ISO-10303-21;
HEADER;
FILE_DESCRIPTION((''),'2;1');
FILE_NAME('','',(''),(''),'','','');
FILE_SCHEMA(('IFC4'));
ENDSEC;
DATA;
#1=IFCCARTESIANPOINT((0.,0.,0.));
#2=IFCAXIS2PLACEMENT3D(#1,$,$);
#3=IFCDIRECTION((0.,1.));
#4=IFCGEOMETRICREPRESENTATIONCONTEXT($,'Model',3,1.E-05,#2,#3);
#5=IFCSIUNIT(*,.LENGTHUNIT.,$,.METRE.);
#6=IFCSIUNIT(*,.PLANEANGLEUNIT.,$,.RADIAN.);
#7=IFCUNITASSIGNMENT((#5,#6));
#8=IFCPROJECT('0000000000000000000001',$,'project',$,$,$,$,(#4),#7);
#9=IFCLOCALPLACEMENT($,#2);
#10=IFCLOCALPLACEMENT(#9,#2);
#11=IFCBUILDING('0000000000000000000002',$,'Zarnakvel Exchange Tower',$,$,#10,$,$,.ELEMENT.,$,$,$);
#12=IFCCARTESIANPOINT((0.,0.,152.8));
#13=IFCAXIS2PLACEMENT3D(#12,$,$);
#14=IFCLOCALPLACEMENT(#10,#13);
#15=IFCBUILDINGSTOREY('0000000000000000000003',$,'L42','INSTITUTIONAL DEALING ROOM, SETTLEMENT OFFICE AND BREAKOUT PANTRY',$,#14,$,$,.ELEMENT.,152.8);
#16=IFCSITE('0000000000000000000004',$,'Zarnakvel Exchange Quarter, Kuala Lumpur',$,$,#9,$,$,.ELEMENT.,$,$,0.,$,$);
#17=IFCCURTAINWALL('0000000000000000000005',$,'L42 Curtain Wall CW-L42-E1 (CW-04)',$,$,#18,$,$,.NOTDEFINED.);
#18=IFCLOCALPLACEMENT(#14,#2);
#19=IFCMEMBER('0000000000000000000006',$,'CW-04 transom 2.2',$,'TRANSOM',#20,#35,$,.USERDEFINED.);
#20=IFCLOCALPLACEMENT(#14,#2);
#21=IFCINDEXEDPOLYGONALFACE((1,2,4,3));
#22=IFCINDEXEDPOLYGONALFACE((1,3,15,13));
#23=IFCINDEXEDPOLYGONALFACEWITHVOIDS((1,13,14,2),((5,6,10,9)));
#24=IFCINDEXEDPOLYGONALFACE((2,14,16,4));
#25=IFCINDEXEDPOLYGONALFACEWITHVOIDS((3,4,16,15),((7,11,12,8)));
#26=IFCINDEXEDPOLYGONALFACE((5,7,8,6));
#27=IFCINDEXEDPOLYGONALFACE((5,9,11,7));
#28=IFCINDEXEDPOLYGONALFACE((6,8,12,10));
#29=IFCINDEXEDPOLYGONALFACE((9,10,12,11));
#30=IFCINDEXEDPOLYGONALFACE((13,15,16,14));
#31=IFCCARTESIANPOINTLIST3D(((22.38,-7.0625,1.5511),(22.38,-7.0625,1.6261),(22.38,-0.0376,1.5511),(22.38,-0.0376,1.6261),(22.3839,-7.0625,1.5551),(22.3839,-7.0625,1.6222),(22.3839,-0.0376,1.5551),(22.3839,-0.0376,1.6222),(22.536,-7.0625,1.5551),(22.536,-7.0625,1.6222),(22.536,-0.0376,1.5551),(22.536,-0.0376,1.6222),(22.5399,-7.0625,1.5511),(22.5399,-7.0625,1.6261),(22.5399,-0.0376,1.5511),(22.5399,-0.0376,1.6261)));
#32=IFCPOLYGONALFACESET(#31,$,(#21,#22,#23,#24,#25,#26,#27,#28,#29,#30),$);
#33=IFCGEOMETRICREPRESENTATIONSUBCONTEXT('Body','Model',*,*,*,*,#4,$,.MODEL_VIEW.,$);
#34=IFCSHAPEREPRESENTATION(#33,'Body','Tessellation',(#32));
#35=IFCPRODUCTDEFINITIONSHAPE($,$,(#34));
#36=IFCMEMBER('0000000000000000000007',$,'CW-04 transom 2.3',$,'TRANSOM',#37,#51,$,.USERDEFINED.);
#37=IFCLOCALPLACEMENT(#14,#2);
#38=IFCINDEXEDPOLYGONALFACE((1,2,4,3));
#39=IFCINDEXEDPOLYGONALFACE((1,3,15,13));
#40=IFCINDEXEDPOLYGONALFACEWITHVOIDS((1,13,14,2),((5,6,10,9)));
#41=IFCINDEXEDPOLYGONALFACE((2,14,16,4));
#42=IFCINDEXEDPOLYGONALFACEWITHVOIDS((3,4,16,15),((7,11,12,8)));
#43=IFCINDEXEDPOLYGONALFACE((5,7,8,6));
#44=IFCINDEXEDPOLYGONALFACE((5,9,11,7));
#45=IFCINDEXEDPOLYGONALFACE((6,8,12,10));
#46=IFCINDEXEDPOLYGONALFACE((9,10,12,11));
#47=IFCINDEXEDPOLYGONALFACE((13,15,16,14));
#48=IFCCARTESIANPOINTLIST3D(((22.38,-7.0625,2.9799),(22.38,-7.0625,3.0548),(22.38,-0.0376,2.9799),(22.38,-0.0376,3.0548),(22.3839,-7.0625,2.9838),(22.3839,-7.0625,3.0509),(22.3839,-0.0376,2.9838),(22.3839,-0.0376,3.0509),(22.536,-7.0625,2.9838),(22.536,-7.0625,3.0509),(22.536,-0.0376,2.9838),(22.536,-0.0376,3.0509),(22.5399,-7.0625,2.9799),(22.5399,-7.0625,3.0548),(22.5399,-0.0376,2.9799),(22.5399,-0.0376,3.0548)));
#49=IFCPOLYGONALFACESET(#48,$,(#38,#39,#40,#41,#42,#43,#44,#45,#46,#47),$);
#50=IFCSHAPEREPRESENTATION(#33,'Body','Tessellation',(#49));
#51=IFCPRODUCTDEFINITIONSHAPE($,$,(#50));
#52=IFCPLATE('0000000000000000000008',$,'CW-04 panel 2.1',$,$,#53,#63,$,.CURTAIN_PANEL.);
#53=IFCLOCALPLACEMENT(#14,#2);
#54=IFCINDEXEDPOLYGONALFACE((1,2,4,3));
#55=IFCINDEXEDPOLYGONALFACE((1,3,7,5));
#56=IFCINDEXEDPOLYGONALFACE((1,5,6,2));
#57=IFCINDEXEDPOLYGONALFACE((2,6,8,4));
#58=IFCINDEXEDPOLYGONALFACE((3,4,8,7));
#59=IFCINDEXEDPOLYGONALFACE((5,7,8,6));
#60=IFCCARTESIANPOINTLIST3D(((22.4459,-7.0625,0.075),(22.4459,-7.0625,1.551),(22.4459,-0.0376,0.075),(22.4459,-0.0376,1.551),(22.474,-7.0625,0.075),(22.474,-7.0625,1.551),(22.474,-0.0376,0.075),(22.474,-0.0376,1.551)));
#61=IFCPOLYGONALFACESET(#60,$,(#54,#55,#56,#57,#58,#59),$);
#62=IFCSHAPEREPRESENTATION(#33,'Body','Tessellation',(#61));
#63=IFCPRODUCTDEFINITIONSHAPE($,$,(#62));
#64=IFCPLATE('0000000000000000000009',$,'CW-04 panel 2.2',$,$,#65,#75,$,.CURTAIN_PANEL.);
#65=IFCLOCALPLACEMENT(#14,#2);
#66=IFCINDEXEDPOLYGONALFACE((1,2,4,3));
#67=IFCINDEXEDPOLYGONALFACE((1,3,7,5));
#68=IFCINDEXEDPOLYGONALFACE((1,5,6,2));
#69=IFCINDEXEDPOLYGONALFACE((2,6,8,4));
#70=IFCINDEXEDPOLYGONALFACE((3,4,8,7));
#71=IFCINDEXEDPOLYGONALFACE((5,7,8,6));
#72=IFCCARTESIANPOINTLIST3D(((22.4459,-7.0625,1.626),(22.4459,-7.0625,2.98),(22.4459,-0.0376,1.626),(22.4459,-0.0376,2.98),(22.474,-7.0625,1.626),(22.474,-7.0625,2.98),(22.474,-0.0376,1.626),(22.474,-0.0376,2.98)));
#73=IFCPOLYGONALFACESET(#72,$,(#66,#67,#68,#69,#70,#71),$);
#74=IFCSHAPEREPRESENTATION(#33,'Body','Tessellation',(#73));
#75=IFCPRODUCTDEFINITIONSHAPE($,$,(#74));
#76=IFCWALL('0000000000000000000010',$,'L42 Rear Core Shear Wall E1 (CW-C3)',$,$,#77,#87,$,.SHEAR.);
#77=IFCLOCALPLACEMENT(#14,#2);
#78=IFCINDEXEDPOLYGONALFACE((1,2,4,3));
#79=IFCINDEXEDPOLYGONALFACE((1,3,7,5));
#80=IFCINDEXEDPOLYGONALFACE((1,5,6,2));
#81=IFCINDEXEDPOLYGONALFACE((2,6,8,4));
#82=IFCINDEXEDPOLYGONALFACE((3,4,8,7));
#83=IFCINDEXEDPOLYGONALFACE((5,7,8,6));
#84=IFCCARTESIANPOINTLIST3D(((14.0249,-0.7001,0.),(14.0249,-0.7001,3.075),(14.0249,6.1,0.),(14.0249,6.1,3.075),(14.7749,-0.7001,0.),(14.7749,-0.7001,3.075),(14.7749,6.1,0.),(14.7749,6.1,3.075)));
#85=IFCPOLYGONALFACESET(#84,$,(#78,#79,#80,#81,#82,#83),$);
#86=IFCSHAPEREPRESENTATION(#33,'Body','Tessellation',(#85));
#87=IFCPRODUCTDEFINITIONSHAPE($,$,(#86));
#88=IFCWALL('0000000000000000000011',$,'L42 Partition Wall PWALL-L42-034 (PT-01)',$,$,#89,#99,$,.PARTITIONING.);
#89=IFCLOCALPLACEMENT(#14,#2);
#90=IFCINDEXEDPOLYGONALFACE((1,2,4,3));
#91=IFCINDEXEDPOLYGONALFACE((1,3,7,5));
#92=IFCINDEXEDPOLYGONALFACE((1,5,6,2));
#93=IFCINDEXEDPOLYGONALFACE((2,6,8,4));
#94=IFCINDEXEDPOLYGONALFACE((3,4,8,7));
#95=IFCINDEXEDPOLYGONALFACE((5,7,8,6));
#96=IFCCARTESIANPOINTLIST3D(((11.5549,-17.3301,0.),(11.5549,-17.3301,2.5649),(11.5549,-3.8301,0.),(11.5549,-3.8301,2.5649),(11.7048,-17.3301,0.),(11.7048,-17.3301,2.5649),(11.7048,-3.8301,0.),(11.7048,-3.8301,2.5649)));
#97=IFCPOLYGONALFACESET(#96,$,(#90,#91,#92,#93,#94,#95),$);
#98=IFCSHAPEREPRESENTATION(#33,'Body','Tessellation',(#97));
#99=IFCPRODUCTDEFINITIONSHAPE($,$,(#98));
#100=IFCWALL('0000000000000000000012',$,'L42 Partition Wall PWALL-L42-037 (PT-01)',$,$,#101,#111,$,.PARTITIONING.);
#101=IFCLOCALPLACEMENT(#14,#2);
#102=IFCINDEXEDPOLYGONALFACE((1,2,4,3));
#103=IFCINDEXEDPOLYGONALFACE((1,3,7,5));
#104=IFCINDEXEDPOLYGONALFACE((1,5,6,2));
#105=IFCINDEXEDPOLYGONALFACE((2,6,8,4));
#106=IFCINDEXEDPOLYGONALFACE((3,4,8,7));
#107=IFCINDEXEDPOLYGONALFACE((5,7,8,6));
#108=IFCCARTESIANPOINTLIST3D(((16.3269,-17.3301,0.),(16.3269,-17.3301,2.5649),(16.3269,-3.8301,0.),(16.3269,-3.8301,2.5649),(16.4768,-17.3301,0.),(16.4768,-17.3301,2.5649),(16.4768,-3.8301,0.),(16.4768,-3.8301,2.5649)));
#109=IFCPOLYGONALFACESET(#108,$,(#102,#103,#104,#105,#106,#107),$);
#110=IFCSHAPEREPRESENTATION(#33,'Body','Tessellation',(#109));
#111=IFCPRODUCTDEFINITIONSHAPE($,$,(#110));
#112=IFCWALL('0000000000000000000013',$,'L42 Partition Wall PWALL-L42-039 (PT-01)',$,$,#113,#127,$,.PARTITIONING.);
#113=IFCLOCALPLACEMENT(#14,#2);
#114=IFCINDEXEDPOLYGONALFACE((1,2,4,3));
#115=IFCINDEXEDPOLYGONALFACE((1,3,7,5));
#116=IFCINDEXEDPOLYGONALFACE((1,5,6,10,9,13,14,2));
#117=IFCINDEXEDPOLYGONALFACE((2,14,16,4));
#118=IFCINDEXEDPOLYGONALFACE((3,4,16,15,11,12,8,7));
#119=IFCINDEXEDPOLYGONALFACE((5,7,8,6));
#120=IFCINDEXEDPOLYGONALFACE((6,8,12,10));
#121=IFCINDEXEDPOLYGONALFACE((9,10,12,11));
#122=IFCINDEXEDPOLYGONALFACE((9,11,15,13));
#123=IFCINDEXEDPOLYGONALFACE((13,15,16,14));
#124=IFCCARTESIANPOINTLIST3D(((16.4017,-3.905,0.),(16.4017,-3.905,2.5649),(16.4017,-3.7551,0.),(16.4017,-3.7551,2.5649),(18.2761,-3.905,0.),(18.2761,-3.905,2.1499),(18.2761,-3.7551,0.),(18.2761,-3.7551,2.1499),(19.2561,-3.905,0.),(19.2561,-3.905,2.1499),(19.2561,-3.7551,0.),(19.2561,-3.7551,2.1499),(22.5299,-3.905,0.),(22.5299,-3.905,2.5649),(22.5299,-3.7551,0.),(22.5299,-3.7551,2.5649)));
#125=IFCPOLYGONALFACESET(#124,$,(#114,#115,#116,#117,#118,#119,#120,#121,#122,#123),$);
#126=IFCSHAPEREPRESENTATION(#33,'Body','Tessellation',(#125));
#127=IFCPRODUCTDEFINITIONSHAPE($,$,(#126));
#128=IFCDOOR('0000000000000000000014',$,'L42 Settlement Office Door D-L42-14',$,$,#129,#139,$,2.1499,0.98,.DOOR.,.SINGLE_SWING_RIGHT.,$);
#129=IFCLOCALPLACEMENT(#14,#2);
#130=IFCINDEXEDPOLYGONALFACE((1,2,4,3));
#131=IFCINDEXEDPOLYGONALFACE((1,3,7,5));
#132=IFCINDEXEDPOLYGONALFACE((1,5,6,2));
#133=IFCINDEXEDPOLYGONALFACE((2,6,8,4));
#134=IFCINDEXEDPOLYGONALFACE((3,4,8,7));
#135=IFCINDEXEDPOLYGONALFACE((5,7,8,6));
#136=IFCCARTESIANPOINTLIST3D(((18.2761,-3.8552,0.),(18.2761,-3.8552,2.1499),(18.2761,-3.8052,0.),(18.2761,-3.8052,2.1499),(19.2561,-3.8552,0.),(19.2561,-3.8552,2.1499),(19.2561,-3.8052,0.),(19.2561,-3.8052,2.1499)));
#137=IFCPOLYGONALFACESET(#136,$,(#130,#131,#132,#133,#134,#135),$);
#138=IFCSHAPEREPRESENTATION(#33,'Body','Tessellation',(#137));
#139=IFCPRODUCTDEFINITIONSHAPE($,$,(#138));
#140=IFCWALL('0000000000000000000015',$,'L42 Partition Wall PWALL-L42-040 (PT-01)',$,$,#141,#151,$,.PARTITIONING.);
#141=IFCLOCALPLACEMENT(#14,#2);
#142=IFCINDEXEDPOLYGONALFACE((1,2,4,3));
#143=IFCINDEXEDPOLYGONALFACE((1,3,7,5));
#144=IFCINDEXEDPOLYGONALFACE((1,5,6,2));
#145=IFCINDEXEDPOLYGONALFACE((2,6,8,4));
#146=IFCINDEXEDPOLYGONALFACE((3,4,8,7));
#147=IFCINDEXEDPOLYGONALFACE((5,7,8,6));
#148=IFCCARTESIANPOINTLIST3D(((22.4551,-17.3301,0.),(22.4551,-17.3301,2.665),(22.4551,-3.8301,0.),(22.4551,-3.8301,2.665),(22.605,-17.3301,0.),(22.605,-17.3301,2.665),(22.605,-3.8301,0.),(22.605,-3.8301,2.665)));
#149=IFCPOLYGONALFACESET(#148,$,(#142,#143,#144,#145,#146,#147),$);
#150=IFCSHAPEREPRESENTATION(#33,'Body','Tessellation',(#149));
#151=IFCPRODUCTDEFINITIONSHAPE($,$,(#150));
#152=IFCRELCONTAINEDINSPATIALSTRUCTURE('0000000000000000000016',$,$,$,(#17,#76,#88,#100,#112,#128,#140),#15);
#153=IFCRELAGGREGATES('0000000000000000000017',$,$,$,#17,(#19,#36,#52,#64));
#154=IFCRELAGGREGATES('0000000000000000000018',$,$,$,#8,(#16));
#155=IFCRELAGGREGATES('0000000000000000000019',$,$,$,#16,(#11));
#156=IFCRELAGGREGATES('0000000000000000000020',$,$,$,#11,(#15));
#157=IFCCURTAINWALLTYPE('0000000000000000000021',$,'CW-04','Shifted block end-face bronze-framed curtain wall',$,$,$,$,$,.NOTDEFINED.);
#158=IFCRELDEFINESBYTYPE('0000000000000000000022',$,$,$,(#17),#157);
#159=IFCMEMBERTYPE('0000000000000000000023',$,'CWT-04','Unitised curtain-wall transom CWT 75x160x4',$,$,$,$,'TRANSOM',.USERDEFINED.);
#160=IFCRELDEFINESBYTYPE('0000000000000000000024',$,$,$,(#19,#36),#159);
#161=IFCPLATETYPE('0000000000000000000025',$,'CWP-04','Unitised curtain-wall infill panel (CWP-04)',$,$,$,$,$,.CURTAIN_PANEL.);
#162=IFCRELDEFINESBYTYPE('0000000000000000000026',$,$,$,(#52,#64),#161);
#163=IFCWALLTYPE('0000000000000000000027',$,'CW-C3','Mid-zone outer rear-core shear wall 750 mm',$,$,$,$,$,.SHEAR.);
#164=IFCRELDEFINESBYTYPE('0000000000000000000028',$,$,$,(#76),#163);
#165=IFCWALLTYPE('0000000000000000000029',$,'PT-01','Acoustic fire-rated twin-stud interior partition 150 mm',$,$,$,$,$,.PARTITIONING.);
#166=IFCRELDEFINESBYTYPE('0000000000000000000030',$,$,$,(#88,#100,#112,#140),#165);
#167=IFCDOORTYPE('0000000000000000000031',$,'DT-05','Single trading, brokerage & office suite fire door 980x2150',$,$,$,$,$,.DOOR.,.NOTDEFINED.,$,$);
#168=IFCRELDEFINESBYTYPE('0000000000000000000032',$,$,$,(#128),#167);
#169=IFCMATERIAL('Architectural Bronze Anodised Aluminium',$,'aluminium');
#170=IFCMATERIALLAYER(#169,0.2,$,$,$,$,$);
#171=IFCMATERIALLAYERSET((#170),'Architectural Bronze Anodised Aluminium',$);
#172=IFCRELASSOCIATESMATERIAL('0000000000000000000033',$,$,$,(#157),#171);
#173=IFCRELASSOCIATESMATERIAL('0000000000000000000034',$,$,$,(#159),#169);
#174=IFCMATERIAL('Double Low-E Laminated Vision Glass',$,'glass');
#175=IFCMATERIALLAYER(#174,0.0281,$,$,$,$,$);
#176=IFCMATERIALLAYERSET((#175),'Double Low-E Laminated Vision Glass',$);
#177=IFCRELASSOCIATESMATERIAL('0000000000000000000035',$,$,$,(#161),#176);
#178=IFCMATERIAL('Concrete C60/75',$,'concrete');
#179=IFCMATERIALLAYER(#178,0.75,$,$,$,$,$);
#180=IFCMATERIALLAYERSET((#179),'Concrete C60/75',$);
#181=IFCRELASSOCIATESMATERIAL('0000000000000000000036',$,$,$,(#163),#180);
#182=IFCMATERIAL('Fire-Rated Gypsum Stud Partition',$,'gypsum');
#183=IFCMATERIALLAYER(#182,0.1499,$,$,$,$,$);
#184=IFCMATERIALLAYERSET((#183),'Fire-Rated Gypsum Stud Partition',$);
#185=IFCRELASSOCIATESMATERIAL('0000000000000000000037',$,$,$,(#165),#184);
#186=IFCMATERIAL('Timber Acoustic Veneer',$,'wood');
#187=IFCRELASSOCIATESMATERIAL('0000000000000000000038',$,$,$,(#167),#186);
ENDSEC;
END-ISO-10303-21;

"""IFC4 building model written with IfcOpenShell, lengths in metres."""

from ifc_helpers import new_model, si_unit, direction, frame, frame_2d, origin, origin_2d, place, context, subcontext, project, spatial, rectangle, hollow_rectangle, extrude, source, transform, mapped, material, layer, layer_set, material_profile, profile_set, type_object, element, fill, aggregate, save


model = new_model("IFC4")

# Units and contexts
model_context = context("Model", 3, precision=1e-05, world=origin(), true_north=direction((0.0, 1.0)))
body_context = subcontext(model_context, "Body", "Model", "MODEL_VIEW")
ifc_project = project(units=[si_unit("LENGTHUNIT", "METRE"), si_unit("PLANEANGLEUNIT", "RADIAN")], contexts=[model_context])

# Site, building, storey
site_placement = place(None, origin())
site = spatial("IfcSite", under=ifc_project, at=site_placement, Name="Zarnakvel Exchange Quarter, Kuala Lumpur", CompositionType="ELEMENT", RefElevation=0.0)
building_placement = place(site_placement, origin())
building = spatial("IfcBuilding", under=site, at=building_placement, Name="Zarnakvel Exchange Tower", CompositionType="ELEMENT")
storey_placement = place(building_placement, frame((0.0, 0.0, 152.8)))
storey = spatial("IfcBuildingStorey", under=building, at=storey_placement, Name="L42", Description="INSTITUTIONAL DEALING ROOM, SETTLEMENT OFFICE AND BREAKOUT PANTRY", CompositionType="ELEMENT", Elevation=152.8)

# Shared definitions
ifc_material_1 = material(Name="Concrete C60/75", Category="concrete")

# Curtain wall, members, plates
ifc_material_2 = material(Name="Architectural Bronze Anodised Aluminium", Category="aluminium")
ifc_layer_1 = layer(ifc_material_2, 0.2)
ifc_layer_set_1 = layer_set([ifc_layer_1], Name="Architectural Bronze Anodised Aluminium")
curtain_wall_type = type_object("IfcCurtainWallType", Name="CW-04", Description="Shifted block end-face bronze-framed curtain wall", PredefinedType="NOTDEFINED", material=ifc_layer_set_1)
curtain_wall_placement = place(storey_placement, origin())
curtain_wall = element("IfcCurtainWall", 1, at=curtain_wall_placement, inside=storey, type_object=curtain_wall_type, Name="L42 Curtain Wall CW-L42-E1 (CW-04)", PredefinedType="NOTDEFINED")
ifc_material_profile_1 = material_profile(ifc_material_2, hollow_rectangle(XDim=0.1599, YDim=0.075, WallThickness=0.0039, at=origin_2d()))
ifc_profile_set_1 = profile_set([ifc_material_profile_1], Name="Architectural Bronze Anodised Aluminium")
member_type_1 = type_object("IfcMemberType", Name="CWT-04", Description="Unitised curtain-wall transom CWT 75x160x4", ElementType="TRANSOM", PredefinedType="USERDEFINED", material=ifc_profile_set_1)
shared_shape_1 = source(origin(), body_context, "Body", "SweptSolid", [
    extrude(hollow_rectangle(XDim=0.1599, YDim=0.075, WallThickness=0.0039, at=origin_2d()), origin(), (0.0, 0.0, 1.0), 7.0249),
])
member_1_placement = place(storey_placement, frame((22.46, -7.0625, 1.5886), z_axis=(0.0, 1.0, 0.0), x_axis=(-1.0, 0.0, 0.0)))
member_1 = element("IfcMember", 2, at=member_1_placement, type_object=member_type_1, Name="CW-04 transom 2.2", ObjectType="TRANSOM", PredefinedType="USERDEFINED", context=body_context, shape_type="MappedRepresentation", body=[
    mapped(shared_shape_1, transform((0.0, 0.0, 0.0), x_axis=(1.0, 0.0, 0.0), y_axis=(0.0, 1.0, 0.0), z_axis=(0.0, 0.0, 1.0), scale=1.0)),
])
member_2_placement = place(storey_placement, frame((22.46, -7.0625, 3.0173), z_axis=(0.0, 1.0, 0.0), x_axis=(-1.0, 0.0, 0.0)))
member_2 = element("IfcMember", 3, at=member_2_placement, type_object=member_type_1, Name="CW-04 transom 2.3", ObjectType="TRANSOM", PredefinedType="USERDEFINED", context=body_context, shape_type="MappedRepresentation", body=[
    mapped(shared_shape_1, transform((0.0, 0.0, 0.0), x_axis=(1.0, 0.0, 0.0), y_axis=(0.0, 1.0, 0.0), z_axis=(0.0, 0.0, 1.0), scale=1.0)),
])
ifc_material_3 = material(Name="Double Low-E Laminated Vision Glass", Category="glass")
ifc_layer_2 = layer(ifc_material_3, 0.0281)
ifc_layer_set_2 = layer_set([ifc_layer_2], Name="Double Low-E Laminated Vision Glass")
plate_type = type_object("IfcPlateType", Name="CWP-04", Description="Unitised curtain-wall infill panel (CWP-04)", PredefinedType="CURTAIN_PANEL", material=ifc_layer_set_2)
shared_shape_2 = source(origin(), body_context, "Body", "SweptSolid", [
    extrude(rectangle(XDim=7.0249, YDim=0.0281, at=origin_2d()), origin(), (0.0, 0.0, 1.0), 1.4761),
])
plate_1_placement = place(storey_placement, frame((22.46, -3.55, 0.075), z_axis=(0.0, 0.0, 1.0), x_axis=(0.0, 1.0, 0.0)))
plate_1 = element("IfcPlate", 4, at=plate_1_placement, type_object=plate_type, Name="CW-04 panel 2.1", PredefinedType="CURTAIN_PANEL", context=body_context, shape_type="MappedRepresentation", body=[
    mapped(shared_shape_2, transform((0.0, 0.0, 0.0), x_axis=(1.0, 0.0, 0.0), y_axis=(0.0, 1.0, 0.0), z_axis=(0.0, 0.0, 1.0), scale=1.0)),
])
shared_shape_3 = source(origin(), body_context, "Body", "SweptSolid", [
    extrude(rectangle(XDim=7.0249, YDim=0.0281, at=origin_2d()), origin(), (0.0, 0.0, 1.0), 1.354),
])
plate_2_placement = place(storey_placement, frame((22.46, -3.55, 1.626), z_axis=(0.0, 0.0, 1.0), x_axis=(0.0, 1.0, 0.0)))
plate_2 = element("IfcPlate", 5, at=plate_2_placement, type_object=plate_type, Name="CW-04 panel 2.2", PredefinedType="CURTAIN_PANEL", context=body_context, shape_type="MappedRepresentation", body=[
    mapped(shared_shape_3, transform((0.0, 0.0, 0.0), x_axis=(1.0, 0.0, 0.0), y_axis=(0.0, 1.0, 0.0), z_axis=(0.0, 0.0, 1.0), scale=1.0)),
])
aggregate(curtain_wall, [member_1, member_2, plate_1, plate_2])

# Wall
ifc_layer_3 = layer(ifc_material_1, 0.75)
ifc_layer_set_3 = layer_set([ifc_layer_3], Name="Concrete C60/75")
wall_type_1 = type_object("IfcWallType", Name="CW-C3", Description="Mid-zone outer rear-core shear wall 750 mm", PredefinedType="SHEAR", material=ifc_layer_set_3)
wall_1_placement = place(storey_placement, frame((14.3999, -0.7, 0.0), z_axis=(0.0, 0.0, 1.0), x_axis=(0.0, 1.0, 0.0)))
element("IfcWall", 6, at=wall_1_placement, inside=storey, type_object=wall_type_1, Name="L42 Rear Core Shear Wall E1 (CW-C3)", PredefinedType="SHEAR", context=body_context, shape_type="SweptSolid", body=[
    extrude(rectangle(XDim=6.8, YDim=0.75, at=frame_2d((3.3999, 0.0))), origin(), (0.0, 0.0, 1.0), 3.075),
])

# Shared definitions
ifc_material_4 = material(Name="Fire-Rated Gypsum Stud Partition", Category="gypsum")
ifc_layer_4 = layer(ifc_material_4, 0.1499)
ifc_layer_set_4 = layer_set([ifc_layer_4], Name="Fire-Rated Gypsum Stud Partition")
wall_type_2 = type_object("IfcWallType", Name="PT-01", Description="Acoustic fire-rated twin-stud interior partition 150 mm", PredefinedType="PARTITIONING", material=ifc_layer_set_4)
ifc_material_5 = material(Name="Timber Acoustic Veneer", Category="wood")
door_type_1 = type_object("IfcDoorType", Name="DT-05", Description="Single trading, brokerage & office suite fire door 980x2150", OperationType="NOTDEFINED", PredefinedType="DOOR", material=ifc_material_5)
shared_shape_4 = source(origin(), body_context, "Body", "SweptSolid", [
    extrude(rectangle(XDim=0.98, YDim=2.1499, at=frame_2d((0.49, 1.075))), frame((0.0, 0.0249, 0.0), z_axis=(0.0, -1.0, 0.0), x_axis=(1.0, 0.0, 0.0)), (0.0, 0.0, 1.0), 0.05),
])

# Wall
wall_2_placement = place(storey_placement, frame((11.6299, -3.8301, 0.0), z_axis=(0.0, 0.0, 1.0), x_axis=(0.0, -1.0, 0.0)))
element("IfcWall", 7, at=wall_2_placement, inside=storey, type_object=wall_type_2, Name="L42 Partition Wall PWALL-L42-034 (PT-01)", PredefinedType="PARTITIONING", context=body_context, shape_type="SweptSolid", body=[
    extrude(rectangle(XDim=13.5, YDim=0.1499, at=frame_2d((6.75, 0.0))), origin(), (0.0, 0.0, 1.0), 2.5649),
])

# Wall
wall_3_placement = place(storey_placement, frame((16.4019, -3.8301, 0.0), z_axis=(0.0, 0.0, 1.0), x_axis=(0.0, -1.0, 0.0)))
element("IfcWall", 8, at=wall_3_placement, inside=storey, type_object=wall_type_2, Name="L42 Partition Wall PWALL-L42-037 (PT-01)", PredefinedType="PARTITIONING", context=body_context, shape_type="SweptSolid", body=[
    extrude(rectangle(XDim=13.5, YDim=0.1499, at=frame_2d((6.75, 0.0))), origin(), (0.0, 0.0, 1.0), 2.5649),
])

# Wall, opening, door
wall_4_placement = place(storey_placement, frame((16.4019, -3.8301, 0.0), z_axis=(0.0, 0.0, 1.0), x_axis=(1.0, 0.0, 0.0)))
wall_4 = element("IfcWall", 9, at=wall_4_placement, inside=storey, type_object=wall_type_2, Name="L42 Partition Wall PWALL-L42-039 (PT-01)", PredefinedType="PARTITIONING", context=body_context, shape_type="SweptSolid", body=[
    extrude(rectangle(XDim=6.1282, YDim=0.1499, at=frame_2d((3.064, 0.0))), origin(), (0.0, 0.0, 1.0), 2.5649),
])
opening_1_placement = place(wall_4_placement, frame((1.8743, 0.0, 0.0)))
opening_1 = element("IfcOpeningElement", 10, at=opening_1_placement, cuts=wall_4, PredefinedType="OPENING", context=body_context, shape_type="SweptSolid", body=[
    extrude(rectangle(XDim=0.98, YDim=2.1499, at=frame_2d((0.49, 1.075))), frame((0.0, 0.085, 0.0), z_axis=(0.0, -1.0, 0.0), x_axis=(1.0, 0.0, 0.0)), (0.0, 0.0, 1.0), 0.1699),
])
door_1_placement = place(opening_1_placement, origin())
door_1 = element("IfcDoor", 11, at=door_1_placement, inside=storey, type_object=door_type_1, Name="L42 Settlement Office Door D-L42-14", OperationType="SINGLE_SWING_RIGHT", OverallHeight=2.1499, OverallWidth=0.98, PredefinedType="DOOR", context=body_context, shape_type="MappedRepresentation", body=[
    mapped(shared_shape_4, transform((0.0, 0.0, 0.0), x_axis=(1.0, 0.0, 0.0), y_axis=(0.0, 1.0, 0.0), z_axis=(0.0, 0.0, 1.0), scale=1.0)),
])
fill(opening_1, door_1)

# Wall
wall_5_placement = place(storey_placement, frame((22.53, -3.8301, 0.0), z_axis=(0.0, 0.0, 1.0), x_axis=(0.0, -1.0, 0.0)))
element("IfcWall", 12, at=wall_5_placement, inside=storey, type_object=wall_type_2, Name="L42 Partition Wall PWALL-L42-040 (PT-01)", PredefinedType="PARTITIONING", context=body_context, shape_type="SweptSolid", body=[
    extrude(rectangle(XDim=13.5, YDim=0.1499, at=frame_2d((6.75, 0.0))), origin(), (0.0, 0.0, 1.0), 2.665),
])

save(model, "model.ifc")
